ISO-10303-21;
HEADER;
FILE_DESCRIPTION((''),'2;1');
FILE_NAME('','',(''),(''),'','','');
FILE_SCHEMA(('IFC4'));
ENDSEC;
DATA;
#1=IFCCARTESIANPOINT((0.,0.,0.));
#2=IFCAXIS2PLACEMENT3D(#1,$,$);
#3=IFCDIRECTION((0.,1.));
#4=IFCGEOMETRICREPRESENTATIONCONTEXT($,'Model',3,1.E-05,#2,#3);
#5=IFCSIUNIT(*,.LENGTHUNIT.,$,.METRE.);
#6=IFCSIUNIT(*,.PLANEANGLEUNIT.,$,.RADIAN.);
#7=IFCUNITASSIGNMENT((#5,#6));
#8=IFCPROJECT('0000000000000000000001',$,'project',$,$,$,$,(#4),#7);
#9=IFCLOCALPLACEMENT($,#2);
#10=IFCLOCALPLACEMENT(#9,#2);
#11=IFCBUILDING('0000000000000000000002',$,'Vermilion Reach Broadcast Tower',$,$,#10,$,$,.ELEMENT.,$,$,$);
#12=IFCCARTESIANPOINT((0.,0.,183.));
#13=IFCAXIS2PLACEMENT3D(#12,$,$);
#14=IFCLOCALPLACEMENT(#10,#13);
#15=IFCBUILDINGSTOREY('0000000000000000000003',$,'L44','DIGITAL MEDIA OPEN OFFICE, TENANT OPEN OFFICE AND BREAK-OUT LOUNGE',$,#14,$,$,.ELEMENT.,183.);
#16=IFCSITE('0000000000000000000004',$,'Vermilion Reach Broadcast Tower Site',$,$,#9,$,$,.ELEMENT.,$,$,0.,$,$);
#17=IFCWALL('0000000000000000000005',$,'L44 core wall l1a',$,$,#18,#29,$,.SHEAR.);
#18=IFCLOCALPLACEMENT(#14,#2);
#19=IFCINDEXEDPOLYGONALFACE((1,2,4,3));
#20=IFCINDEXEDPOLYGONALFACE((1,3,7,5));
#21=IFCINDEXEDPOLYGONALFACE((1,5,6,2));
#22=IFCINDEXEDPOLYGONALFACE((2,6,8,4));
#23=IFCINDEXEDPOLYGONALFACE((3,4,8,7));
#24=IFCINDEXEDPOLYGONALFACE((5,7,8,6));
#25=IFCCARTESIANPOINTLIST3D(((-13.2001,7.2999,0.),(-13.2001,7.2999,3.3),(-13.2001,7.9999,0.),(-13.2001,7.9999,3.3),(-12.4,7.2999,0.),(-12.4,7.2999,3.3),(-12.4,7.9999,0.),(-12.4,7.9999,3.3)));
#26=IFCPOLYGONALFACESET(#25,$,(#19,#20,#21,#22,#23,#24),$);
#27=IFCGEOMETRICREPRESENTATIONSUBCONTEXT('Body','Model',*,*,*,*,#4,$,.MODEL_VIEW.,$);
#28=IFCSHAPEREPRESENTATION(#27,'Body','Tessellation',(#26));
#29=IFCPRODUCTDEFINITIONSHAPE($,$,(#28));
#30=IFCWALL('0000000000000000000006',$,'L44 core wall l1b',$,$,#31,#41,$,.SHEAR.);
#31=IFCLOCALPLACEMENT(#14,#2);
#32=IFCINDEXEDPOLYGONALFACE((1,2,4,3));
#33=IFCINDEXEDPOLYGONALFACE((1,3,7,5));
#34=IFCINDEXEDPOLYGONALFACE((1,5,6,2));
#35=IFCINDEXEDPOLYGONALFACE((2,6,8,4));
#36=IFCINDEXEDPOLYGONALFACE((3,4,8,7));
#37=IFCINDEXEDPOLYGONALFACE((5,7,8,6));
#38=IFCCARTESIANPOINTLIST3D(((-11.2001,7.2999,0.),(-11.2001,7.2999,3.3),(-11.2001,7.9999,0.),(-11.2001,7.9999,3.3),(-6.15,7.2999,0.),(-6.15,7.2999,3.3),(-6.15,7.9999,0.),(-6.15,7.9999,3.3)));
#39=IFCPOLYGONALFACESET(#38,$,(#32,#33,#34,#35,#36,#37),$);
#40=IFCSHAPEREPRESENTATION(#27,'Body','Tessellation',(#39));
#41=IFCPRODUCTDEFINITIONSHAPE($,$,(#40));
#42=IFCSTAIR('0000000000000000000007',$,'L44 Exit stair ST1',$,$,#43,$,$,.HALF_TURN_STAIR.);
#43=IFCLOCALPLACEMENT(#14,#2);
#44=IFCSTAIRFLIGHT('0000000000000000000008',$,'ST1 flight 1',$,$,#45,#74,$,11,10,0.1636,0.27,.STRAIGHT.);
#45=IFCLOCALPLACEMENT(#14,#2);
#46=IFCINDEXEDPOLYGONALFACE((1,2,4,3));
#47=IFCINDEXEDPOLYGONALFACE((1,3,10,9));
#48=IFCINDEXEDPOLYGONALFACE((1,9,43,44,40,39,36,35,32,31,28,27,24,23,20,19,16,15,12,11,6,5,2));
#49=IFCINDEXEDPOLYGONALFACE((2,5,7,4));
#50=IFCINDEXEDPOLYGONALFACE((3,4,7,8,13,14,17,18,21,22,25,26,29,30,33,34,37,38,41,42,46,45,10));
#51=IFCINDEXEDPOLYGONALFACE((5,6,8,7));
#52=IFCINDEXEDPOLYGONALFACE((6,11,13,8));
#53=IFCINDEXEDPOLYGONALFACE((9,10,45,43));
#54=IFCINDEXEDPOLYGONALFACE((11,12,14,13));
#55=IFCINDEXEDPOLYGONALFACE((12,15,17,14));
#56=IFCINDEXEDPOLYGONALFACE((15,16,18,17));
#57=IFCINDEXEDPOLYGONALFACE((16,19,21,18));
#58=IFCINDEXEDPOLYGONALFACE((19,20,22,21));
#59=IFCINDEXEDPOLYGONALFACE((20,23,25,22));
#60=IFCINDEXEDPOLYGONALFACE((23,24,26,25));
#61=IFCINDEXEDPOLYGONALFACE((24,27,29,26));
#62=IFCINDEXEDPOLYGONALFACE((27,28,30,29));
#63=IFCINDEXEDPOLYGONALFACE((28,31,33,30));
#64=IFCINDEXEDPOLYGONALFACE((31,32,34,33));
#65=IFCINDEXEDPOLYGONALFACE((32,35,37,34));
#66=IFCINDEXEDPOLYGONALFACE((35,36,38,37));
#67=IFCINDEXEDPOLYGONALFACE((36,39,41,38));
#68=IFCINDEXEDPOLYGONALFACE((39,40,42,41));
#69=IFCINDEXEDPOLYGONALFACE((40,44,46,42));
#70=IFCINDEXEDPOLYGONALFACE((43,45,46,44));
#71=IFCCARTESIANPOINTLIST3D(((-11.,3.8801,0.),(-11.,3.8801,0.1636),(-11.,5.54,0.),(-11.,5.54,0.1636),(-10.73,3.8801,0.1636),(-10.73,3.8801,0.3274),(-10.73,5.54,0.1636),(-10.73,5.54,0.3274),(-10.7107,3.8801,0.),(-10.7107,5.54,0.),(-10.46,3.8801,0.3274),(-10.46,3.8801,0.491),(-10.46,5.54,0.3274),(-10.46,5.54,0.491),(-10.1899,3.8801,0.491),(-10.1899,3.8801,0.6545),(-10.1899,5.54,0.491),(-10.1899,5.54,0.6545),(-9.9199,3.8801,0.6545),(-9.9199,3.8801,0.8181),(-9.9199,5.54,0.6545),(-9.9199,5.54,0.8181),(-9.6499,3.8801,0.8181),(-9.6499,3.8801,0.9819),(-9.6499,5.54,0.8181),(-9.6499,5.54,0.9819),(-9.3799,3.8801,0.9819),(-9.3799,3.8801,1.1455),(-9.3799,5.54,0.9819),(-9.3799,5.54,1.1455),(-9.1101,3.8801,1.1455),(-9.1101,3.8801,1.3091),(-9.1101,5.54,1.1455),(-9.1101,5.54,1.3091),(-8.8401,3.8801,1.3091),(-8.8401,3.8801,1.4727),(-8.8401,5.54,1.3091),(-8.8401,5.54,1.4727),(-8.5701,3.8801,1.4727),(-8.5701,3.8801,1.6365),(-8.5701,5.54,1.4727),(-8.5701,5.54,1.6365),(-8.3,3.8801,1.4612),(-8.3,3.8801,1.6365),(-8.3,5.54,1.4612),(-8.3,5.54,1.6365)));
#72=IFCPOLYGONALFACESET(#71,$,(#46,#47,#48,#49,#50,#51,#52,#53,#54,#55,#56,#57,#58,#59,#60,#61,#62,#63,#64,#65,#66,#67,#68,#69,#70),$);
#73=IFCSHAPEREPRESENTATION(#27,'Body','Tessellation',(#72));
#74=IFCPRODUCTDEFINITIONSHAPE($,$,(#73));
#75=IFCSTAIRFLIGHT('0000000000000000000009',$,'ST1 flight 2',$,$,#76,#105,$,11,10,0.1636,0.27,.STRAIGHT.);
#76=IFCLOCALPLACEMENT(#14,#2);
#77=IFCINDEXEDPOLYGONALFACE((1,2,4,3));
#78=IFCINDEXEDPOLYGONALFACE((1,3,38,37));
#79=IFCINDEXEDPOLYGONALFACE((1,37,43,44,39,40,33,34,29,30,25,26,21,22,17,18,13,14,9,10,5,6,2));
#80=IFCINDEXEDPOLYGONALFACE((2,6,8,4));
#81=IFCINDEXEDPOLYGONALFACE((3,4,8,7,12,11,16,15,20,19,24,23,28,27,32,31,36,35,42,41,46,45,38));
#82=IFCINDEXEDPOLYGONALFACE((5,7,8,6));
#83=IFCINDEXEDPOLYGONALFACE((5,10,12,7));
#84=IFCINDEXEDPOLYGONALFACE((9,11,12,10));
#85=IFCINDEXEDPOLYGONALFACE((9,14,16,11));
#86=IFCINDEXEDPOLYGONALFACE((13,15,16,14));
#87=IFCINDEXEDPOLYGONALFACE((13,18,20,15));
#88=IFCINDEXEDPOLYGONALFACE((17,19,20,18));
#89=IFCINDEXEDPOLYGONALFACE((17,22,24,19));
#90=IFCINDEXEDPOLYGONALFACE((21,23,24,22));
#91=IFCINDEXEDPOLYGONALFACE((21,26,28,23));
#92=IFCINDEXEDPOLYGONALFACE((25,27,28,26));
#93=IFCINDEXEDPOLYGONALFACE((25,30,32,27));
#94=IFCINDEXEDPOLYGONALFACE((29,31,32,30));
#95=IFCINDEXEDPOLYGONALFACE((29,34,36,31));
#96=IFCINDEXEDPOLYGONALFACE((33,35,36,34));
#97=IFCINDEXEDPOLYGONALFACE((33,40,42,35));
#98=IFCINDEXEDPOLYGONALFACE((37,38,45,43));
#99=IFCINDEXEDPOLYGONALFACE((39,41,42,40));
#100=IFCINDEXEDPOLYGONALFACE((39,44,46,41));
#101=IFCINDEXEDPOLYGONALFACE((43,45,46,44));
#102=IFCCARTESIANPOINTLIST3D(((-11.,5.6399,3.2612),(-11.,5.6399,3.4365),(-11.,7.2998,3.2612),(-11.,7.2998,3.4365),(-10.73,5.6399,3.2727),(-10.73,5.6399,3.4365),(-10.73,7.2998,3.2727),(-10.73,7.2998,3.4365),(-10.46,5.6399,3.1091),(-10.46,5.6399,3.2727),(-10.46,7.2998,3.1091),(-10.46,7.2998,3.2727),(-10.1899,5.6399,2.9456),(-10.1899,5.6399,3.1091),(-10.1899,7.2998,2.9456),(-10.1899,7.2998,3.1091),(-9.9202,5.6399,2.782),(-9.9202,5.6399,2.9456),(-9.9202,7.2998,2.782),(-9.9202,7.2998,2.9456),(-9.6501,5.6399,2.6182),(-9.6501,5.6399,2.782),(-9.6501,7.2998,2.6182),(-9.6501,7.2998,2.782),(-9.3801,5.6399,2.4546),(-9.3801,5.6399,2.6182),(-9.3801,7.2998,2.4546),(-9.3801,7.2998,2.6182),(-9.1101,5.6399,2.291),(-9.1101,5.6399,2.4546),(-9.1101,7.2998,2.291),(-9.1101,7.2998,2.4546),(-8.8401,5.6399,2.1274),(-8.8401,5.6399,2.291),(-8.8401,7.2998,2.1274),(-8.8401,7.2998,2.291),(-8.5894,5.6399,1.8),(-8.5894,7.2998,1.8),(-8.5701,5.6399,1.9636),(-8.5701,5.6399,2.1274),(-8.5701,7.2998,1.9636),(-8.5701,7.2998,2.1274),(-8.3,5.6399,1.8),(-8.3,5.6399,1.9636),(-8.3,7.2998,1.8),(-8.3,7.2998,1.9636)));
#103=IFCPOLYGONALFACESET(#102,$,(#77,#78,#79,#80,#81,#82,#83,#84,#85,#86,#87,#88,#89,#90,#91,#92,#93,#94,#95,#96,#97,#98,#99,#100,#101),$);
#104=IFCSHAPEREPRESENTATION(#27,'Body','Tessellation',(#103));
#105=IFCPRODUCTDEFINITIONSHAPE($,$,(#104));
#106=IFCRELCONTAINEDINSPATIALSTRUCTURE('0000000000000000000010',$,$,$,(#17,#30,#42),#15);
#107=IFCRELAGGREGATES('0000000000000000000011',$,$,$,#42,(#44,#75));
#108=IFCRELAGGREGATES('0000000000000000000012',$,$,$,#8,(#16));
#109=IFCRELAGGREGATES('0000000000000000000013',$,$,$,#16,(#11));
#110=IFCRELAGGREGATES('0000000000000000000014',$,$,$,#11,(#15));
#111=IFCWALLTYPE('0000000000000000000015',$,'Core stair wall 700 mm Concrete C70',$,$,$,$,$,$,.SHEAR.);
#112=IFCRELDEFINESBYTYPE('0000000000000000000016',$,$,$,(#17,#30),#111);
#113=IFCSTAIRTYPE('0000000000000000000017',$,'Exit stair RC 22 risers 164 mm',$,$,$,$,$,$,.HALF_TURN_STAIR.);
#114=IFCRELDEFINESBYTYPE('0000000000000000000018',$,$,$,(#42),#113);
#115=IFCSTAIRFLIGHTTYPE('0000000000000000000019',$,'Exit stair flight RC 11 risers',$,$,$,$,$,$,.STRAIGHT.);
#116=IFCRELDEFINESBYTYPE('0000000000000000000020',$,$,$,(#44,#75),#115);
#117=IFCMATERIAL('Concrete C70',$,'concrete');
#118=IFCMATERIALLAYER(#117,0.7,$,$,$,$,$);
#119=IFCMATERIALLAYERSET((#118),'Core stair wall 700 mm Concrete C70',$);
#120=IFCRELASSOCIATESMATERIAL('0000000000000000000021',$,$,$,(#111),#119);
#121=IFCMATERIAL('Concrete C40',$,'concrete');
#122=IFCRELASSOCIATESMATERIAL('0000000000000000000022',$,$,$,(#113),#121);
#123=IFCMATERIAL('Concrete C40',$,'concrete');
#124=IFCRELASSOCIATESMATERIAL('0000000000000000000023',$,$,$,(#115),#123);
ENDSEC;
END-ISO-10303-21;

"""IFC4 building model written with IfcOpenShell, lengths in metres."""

from ifc_helpers import new_model, si_unit, direction, frame, frame_2d, origin, place, context, subcontext, project, spatial, polyline, rectangle, outline, extrude, material, layer, layer_set, type_object, element, aggregate, save


model = new_model("IFC4")

# Units and contexts
model_context = context("Model", 3, precision=1e-05, world=origin(), true_north=direction((0.0, 1.0)))
body_context = subcontext(model_context, "Body", "Model", "MODEL_VIEW")
ifc_project = project(units=[si_unit("LENGTHUNIT", "METRE"), si_unit("PLANEANGLEUNIT", "RADIAN")], contexts=[model_context])

# Site, building, storey
site_placement = place(None, origin())
site = spatial("IfcSite", under=ifc_project, at=site_placement, Name="Vermilion Reach Broadcast Tower Site", CompositionType="ELEMENT", RefElevation=0.0)
building_placement = place(site_placement, origin())
building = spatial("IfcBuilding", under=site, at=building_placement, Name="Vermilion Reach Broadcast Tower", CompositionType="ELEMENT")
storey_placement = place(building_placement, frame((0.0, 0.0, 183.0)))
storey = spatial("IfcBuildingStorey", under=building, at=storey_placement, Name="L44", Description="DIGITAL MEDIA OPEN OFFICE, TENANT OPEN OFFICE AND BREAK-OUT LOUNGE", CompositionType="ELEMENT", Elevation=183.0)

# Walls
ifc_material_1 = material(Name="Concrete C70", Category="concrete")
ifc_layer_1 = layer(ifc_material_1, 0.7)
ifc_layer_set_1 = layer_set([ifc_layer_1], Name="Core stair wall 700 mm Concrete C70")
wall_type_1 = type_object("IfcWallType", Name="Core stair wall 700 mm Concrete C70", PredefinedType="SHEAR", material=ifc_layer_set_1)
wall_1_placement = place(storey_placement, frame((-13.2, 7.6499, 0.0), z_axis=(0.0, 0.0, 1.0), x_axis=(1.0, 0.0, 0.0)))
element("IfcWall", 1, at=wall_1_placement, inside=storey, type_object=wall_type_1, Name="L44 core wall l1a", PredefinedType="SHEAR", context=body_context, shape_type="SweptSolid", body=[
    extrude(rectangle(XDim=0.8, YDim=0.7, at=frame_2d((0.3999, 0.0))), origin(), (0.0, 0.0, 1.0), 3.3),
])
wall_2_placement = place(storey_placement, frame((-11.2, 7.6499, 0.0), z_axis=(0.0, 0.0, 1.0), x_axis=(1.0, 0.0, 0.0)))
element("IfcWall", 2, at=wall_2_placement, inside=storey, type_object=wall_type_1, Name="L44 core wall l1b", PredefinedType="SHEAR", context=body_context, shape_type="SweptSolid", body=[
    extrude(rectangle(XDim=5.05, YDim=0.7, at=frame_2d((2.5249, 0.0))), origin(), (0.0, 0.0, 1.0), 3.3),
])

# Stair, stair flights
ifc_material_2 = material(Name="Concrete C40", Category="concrete")
stair_type = type_object("IfcStairType", Name="Exit stair RC 22 risers 164 mm", PredefinedType="HALF_TURN_STAIR", material=ifc_material_2)
stair_placement = place(storey_placement, origin())
stair = element("IfcStair", 3, at=stair_placement, inside=storey, type_object=stair_type, Name="L44 Exit stair ST1", PredefinedType="HALF_TURN_STAIR")
ifc_material_3 = material(Name="Concrete C40", Category="concrete")
stair_flight_type = type_object("IfcStairFlightType", Name="Exit stair flight RC 11 risers", PredefinedType="STRAIGHT", material=ifc_material_3)
stair_flight_1_placement = place(storey_placement, frame((-11.0, 4.71, 0.0), z_axis=(0.0, 0.0, 1.0), x_axis=(1.0, 0.0, 0.0)))
stair_flight_1 = element("IfcStairFlight", 4, at=stair_flight_1_placement, type_object=stair_flight_type, Name="ST1 flight 1", NumberOfRisers=11, NumberOfTreads=10, PredefinedType="STRAIGHT", RiserHeight=0.1636, TreadLength=0.27, context=body_context, shape_type="SweptSolid", body=[
    extrude(outline(polyline([(0.0, 0.0), (0.0, 0.1636), (0.27, 0.1636), (0.27, 0.3274), (0.54, 0.3274), (0.54, 0.491), (0.8101, 0.491), (0.8101, 0.6545), (1.0801, 0.6545), (1.0801, 0.8181), (1.3501, 0.8181), (1.3501, 0.9819), (1.6201, 0.9819), (1.6201, 1.1455), (1.8899, 1.1455), (1.8899, 1.3091), (2.1599, 1.3091), (2.1599, 1.4727), (2.4299, 1.4727), (2.4299, 1.6365), (2.7, 1.6365), (2.7, 1.8), (2.7, 1.4612), (0.2893, 0.0), (0.0, 0.0)])), frame((0.0, 0.8301, 0.0), z_axis=(0.0, -1.0, 0.0), x_axis=(1.0, 0.0, 0.0)), (0.0, 0.0, 1.0), 1.6599),
])
stair_flight_2_placement = place(storey_placement, frame((-8.3, 6.47, 1.8), z_axis=(0.0, 0.0, 1.0), x_axis=(-1.0, 0.0, 0.0)))
stair_flight_2 = element("IfcStairFlight", 5, at=stair_flight_2_placement, type_object=stair_flight_type, Name="ST1 flight 2", NumberOfRisers=11, NumberOfTreads=10, PredefinedType="STRAIGHT", RiserHeight=0.1636, TreadLength=0.27, context=body_context, shape_type="SweptSolid", body=[
    extrude(outline(polyline([(0.0, 0.0), (0.0, 0.1636), (0.27, 0.1636), (0.27, 0.3274), (0.54, 0.3274), (0.54, 0.491), (0.8101, 0.491), (0.8101, 0.6545), (1.0801, 0.6545), (1.0801, 0.8181), (1.3501, 0.8181), (1.3501, 0.9819), (1.6201, 0.9819), (1.6201, 1.1455), (1.8899, 1.1455), (1.8899, 1.3091), (2.1599, 1.3091), (2.1599, 1.4727), (2.4299, 1.4727), (2.4299, 1.6365), (2.7, 1.6365), (2.7, 1.8), (2.7, 1.4612), (0.2893, 0.0), (0.0, 0.0)])), frame((0.0, 0.8301, 0.0), z_axis=(0.0, -1.0, 0.0), x_axis=(1.0, 0.0, 0.0)), (0.0, 0.0, 1.0), 1.6599),
])
aggregate(stair, [stair_flight_1, stair_flight_2])

save(model, "model.ifc")
